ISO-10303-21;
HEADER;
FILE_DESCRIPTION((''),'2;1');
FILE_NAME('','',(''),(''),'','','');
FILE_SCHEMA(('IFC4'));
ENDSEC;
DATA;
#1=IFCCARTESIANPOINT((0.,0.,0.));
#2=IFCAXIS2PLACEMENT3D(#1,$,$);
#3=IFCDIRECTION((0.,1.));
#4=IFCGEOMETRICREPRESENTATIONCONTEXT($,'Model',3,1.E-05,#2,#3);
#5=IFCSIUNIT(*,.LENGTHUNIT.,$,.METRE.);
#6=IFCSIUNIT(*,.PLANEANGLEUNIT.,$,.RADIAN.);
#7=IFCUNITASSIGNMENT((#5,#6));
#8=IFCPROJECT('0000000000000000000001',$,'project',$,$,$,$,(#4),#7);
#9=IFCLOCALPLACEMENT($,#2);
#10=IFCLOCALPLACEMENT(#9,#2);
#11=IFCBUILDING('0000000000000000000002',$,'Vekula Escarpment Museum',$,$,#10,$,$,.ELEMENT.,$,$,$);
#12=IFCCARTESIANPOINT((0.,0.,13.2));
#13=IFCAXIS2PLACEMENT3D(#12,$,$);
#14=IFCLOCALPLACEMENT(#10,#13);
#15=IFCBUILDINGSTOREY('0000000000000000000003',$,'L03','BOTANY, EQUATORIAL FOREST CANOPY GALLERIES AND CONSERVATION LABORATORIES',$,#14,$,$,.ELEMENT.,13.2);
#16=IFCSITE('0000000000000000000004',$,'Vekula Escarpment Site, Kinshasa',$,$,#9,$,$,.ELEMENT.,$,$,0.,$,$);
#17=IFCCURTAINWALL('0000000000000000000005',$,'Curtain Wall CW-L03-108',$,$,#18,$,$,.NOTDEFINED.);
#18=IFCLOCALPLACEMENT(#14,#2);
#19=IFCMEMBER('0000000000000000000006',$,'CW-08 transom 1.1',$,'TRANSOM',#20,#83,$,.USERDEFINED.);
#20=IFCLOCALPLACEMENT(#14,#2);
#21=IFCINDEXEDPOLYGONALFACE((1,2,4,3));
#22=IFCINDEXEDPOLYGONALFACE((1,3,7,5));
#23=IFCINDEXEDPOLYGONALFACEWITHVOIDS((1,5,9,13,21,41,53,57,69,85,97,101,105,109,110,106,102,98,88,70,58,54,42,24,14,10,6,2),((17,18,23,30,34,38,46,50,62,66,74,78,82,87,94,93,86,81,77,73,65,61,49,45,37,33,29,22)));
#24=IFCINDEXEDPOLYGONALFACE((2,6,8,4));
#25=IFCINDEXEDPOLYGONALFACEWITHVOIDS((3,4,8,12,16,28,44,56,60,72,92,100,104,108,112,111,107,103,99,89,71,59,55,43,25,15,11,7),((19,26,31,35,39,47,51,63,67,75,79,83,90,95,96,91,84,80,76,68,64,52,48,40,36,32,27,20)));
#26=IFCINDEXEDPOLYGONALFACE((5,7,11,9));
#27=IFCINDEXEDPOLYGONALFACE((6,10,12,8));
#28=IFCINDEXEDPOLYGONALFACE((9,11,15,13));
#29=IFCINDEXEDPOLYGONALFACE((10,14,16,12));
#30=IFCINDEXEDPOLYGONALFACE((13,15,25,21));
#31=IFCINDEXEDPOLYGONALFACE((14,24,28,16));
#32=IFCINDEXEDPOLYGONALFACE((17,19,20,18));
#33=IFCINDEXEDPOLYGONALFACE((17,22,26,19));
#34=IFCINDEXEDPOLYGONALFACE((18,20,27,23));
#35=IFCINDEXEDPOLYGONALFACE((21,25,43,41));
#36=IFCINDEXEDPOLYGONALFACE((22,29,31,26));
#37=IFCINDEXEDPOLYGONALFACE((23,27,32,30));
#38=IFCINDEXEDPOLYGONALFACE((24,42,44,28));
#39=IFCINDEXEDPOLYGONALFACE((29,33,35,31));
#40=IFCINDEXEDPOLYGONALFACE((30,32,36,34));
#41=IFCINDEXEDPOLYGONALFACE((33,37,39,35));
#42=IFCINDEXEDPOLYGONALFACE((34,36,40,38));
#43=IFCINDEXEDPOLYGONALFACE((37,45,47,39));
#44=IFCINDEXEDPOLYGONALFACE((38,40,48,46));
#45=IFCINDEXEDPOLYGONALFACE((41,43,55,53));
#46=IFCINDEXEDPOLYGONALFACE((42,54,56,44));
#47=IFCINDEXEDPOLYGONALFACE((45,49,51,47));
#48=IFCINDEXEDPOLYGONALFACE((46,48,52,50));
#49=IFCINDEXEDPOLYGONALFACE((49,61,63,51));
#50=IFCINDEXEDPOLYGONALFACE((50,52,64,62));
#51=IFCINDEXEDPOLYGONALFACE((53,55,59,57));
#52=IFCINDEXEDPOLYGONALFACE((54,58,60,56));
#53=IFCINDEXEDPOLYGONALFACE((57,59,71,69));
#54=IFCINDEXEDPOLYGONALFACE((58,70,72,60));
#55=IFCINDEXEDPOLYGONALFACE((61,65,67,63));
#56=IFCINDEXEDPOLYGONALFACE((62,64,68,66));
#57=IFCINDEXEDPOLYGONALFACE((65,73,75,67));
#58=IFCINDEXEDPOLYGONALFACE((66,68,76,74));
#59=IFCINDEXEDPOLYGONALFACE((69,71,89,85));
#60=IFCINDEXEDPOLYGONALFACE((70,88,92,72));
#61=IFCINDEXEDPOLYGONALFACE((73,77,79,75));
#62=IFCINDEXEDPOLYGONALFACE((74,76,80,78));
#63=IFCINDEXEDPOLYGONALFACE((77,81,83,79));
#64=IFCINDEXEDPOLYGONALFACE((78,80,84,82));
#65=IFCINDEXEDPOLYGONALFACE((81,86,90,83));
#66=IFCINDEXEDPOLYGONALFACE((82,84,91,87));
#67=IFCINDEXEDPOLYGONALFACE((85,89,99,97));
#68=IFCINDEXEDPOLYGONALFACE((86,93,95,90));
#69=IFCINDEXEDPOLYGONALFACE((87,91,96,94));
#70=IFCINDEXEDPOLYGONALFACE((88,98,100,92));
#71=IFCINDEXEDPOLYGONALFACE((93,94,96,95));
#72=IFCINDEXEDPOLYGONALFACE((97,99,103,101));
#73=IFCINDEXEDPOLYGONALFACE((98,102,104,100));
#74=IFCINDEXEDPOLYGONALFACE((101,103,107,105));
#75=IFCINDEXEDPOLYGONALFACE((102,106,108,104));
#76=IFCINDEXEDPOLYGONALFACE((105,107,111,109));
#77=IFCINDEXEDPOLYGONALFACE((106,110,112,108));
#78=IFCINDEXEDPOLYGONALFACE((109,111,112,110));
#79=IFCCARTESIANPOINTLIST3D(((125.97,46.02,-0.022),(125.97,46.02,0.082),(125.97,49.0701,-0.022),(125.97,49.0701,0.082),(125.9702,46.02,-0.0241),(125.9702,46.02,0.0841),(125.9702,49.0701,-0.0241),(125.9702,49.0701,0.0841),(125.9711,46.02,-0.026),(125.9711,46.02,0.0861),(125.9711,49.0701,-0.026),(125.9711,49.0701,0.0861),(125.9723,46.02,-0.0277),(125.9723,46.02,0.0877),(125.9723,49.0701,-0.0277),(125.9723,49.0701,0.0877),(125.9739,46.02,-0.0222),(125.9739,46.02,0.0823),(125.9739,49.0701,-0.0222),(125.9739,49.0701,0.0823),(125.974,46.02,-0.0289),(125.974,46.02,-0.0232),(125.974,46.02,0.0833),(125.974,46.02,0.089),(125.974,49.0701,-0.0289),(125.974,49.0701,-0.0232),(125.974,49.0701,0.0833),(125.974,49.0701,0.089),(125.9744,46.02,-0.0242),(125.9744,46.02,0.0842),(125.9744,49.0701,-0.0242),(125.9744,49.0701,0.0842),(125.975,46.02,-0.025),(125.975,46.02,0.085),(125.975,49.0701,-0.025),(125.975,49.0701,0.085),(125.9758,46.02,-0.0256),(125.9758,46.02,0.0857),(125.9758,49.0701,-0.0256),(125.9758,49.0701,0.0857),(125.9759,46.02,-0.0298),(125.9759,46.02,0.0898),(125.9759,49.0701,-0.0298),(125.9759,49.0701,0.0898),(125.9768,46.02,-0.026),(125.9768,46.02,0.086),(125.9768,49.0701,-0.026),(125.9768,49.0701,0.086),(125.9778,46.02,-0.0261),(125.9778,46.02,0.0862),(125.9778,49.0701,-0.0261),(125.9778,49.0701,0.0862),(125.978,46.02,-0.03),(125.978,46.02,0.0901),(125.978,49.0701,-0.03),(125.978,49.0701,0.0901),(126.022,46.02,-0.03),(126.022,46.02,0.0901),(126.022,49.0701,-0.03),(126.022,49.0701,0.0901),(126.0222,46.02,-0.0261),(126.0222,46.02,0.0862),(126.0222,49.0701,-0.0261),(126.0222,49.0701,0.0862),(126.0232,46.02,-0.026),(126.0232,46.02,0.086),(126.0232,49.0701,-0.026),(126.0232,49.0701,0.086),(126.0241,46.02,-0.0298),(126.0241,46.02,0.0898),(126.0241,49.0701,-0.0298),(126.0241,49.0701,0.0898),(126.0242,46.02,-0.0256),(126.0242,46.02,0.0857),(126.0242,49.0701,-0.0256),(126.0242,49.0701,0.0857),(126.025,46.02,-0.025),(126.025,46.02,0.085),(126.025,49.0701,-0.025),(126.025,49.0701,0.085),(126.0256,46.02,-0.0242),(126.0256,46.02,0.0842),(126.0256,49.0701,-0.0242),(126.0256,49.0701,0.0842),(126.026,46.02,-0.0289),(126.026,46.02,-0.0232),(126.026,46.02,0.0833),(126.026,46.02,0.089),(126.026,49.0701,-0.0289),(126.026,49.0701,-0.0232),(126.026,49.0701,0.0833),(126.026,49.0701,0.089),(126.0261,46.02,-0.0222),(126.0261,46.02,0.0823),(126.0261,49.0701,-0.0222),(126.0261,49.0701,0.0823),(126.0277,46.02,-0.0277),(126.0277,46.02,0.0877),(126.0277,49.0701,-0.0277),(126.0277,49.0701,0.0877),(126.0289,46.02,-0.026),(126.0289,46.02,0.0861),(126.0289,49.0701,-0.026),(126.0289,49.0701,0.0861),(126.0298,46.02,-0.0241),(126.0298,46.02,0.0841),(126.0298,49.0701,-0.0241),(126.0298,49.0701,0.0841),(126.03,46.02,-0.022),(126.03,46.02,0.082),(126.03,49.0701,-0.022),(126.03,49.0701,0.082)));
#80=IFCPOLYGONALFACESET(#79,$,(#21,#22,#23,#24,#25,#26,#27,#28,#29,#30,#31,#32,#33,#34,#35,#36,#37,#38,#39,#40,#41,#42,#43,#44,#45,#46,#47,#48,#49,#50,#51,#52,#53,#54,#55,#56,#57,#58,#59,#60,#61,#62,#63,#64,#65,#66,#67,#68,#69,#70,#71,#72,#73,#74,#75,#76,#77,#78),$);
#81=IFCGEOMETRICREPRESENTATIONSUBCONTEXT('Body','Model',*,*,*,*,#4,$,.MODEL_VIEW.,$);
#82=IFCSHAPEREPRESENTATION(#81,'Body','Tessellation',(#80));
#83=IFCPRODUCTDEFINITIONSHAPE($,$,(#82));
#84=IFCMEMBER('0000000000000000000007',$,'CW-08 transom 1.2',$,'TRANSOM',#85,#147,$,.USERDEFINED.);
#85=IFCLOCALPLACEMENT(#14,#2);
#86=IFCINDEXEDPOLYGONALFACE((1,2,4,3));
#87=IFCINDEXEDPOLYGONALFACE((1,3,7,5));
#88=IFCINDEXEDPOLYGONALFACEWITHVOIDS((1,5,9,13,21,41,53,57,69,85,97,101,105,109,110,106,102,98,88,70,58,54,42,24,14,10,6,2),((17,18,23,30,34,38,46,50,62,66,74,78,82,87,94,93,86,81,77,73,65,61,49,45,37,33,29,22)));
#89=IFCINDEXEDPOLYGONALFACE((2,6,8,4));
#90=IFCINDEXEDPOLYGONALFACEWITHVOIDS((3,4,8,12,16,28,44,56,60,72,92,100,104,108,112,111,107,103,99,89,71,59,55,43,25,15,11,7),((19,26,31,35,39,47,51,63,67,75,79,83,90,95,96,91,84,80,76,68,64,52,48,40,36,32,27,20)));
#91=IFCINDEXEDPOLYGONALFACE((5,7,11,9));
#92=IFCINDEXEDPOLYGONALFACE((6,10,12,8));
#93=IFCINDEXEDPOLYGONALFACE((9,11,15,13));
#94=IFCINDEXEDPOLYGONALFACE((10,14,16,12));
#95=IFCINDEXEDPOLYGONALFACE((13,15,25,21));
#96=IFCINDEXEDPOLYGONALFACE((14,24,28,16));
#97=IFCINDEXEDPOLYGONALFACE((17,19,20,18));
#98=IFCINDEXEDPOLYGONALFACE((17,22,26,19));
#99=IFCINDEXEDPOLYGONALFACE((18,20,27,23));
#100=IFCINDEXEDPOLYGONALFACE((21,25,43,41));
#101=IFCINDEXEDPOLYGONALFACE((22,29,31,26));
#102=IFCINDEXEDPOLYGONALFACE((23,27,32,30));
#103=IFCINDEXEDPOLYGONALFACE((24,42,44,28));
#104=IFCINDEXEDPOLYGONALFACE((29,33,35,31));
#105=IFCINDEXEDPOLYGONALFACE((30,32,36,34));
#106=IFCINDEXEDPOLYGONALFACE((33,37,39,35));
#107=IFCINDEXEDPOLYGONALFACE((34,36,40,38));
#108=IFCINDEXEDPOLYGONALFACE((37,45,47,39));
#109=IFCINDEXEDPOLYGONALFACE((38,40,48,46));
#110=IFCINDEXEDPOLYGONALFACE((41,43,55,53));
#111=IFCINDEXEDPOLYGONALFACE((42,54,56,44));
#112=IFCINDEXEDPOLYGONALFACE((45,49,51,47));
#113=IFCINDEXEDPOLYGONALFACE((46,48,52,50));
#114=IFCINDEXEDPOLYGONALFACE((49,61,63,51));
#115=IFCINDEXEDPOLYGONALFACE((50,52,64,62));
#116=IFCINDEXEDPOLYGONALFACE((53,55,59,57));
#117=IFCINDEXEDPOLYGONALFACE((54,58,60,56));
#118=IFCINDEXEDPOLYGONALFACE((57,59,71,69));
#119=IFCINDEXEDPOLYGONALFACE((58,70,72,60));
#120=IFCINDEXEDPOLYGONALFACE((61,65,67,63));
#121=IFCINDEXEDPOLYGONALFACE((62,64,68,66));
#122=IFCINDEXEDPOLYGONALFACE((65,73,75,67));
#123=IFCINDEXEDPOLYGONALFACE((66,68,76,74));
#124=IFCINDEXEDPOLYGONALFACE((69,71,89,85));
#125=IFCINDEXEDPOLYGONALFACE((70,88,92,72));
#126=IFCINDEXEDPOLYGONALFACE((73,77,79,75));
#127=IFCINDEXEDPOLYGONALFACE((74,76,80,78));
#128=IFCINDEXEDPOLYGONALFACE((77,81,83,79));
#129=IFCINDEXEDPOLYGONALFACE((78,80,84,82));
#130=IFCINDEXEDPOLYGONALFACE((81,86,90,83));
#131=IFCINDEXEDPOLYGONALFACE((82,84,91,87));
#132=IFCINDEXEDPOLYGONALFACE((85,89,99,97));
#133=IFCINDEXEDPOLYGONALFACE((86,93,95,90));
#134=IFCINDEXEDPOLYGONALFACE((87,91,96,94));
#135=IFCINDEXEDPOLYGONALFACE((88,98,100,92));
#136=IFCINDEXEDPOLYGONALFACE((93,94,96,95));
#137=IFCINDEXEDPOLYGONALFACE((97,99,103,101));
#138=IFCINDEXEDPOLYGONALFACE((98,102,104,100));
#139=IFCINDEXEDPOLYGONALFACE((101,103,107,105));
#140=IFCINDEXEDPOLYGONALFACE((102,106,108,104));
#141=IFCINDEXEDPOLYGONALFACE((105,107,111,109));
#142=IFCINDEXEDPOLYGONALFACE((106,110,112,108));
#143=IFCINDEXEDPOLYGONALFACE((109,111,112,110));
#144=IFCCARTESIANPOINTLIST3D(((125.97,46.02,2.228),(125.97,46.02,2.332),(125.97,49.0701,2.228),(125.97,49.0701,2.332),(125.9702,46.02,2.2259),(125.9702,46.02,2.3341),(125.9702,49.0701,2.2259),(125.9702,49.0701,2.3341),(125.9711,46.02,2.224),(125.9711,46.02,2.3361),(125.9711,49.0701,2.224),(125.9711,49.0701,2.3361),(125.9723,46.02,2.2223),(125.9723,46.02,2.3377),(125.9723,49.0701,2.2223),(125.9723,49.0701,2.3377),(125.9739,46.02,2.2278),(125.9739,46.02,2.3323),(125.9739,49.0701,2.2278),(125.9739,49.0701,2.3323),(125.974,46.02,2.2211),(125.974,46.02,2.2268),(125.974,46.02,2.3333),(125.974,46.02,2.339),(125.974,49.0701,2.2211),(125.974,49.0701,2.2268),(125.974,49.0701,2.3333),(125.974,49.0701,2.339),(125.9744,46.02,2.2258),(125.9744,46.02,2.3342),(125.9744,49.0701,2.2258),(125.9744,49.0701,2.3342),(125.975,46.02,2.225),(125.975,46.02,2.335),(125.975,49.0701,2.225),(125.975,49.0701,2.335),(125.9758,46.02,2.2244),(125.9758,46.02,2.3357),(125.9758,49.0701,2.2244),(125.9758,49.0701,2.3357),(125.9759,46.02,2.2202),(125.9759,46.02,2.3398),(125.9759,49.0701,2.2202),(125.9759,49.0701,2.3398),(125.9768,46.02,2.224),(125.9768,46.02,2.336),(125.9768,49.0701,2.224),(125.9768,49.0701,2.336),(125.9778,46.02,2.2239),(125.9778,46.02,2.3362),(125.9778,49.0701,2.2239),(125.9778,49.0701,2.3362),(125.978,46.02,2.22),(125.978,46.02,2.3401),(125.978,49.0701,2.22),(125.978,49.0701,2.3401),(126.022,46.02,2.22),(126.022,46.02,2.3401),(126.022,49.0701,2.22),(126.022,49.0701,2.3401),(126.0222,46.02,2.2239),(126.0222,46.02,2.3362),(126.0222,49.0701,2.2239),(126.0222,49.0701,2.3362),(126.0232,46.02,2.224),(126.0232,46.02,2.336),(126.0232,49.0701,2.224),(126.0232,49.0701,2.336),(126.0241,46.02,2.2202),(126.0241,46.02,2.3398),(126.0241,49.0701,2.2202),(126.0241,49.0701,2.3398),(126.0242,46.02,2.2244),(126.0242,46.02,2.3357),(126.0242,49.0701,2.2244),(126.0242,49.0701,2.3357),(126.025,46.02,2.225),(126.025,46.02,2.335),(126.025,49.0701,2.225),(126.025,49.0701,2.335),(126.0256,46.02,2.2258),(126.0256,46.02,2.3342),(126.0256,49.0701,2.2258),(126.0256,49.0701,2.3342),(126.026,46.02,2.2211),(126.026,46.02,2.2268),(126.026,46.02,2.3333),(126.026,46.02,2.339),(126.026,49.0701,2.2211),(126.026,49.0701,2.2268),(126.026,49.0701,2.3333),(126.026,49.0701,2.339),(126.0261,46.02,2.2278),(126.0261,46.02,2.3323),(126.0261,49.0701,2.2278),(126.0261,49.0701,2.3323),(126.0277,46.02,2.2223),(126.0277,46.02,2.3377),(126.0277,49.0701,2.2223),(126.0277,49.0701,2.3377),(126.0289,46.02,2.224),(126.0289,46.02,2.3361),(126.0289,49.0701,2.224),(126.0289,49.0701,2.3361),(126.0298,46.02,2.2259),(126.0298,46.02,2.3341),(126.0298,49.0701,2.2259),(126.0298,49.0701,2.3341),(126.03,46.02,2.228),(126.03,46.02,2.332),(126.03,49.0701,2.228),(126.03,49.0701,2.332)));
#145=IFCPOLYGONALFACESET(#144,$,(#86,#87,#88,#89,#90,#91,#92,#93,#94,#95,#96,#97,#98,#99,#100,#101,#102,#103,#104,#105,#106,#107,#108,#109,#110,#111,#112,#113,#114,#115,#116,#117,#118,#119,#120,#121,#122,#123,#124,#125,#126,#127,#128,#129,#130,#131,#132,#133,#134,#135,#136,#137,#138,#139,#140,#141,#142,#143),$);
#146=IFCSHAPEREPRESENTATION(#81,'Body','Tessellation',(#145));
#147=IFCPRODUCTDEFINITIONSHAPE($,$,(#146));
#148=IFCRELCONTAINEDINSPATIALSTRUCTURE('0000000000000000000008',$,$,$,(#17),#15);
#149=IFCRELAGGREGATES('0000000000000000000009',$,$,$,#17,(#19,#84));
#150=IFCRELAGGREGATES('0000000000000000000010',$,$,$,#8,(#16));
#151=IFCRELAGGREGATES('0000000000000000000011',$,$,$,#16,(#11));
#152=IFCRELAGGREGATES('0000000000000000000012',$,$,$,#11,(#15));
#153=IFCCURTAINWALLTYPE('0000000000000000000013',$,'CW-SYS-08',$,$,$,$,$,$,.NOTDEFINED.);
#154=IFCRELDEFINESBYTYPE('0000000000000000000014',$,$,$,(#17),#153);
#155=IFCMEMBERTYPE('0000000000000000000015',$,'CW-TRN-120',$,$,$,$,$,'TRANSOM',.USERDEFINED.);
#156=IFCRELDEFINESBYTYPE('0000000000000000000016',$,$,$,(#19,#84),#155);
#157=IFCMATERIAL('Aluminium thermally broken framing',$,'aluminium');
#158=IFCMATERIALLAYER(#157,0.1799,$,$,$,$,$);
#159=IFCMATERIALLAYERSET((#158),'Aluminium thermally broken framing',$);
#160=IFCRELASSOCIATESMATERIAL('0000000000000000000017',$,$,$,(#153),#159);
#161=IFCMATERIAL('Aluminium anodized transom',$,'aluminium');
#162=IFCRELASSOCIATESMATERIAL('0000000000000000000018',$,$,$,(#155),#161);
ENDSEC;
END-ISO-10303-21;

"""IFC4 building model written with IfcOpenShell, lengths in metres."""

from ifc_helpers import new_model, si_unit, direction, frame, origin, origin_2d, place, context, subcontext, project, spatial, hollow_rectangle, extrude, material, layer, layer_set, material_profile, profile_set, type_object, element, aggregate, save


model = new_model("IFC4")

# Units and contexts
model_context = context("Model", 3, precision=1e-05, world=origin(), true_north=direction((0.0, 1.0)))
body_context = subcontext(model_context, "Body", "Model", "MODEL_VIEW")
ifc_project = project(units=[si_unit("LENGTHUNIT", "METRE"), si_unit("PLANEANGLEUNIT", "RADIAN")], contexts=[model_context])

# Site, building, storey
site_placement = place(None, origin())
site = spatial("IfcSite", under=ifc_project, at=site_placement, Name="Vekula Escarpment Site, Kinshasa", CompositionType="ELEMENT", RefElevation=0.0)
building_placement = place(site_placement, origin())
building = spatial("IfcBuilding", under=site, at=building_placement, Name="Vekula Escarpment Museum", CompositionType="ELEMENT")
storey_placement = place(building_placement, frame((0.0, 0.0, 13.2)))
storey = spatial("IfcBuildingStorey", under=building, at=storey_placement, Name="L03", Description="BOTANY, EQUATORIAL FOREST CANOPY GALLERIES AND CONSERVATION LABORATORIES", CompositionType="ELEMENT", Elevation=13.2)

# Curtain wall
ifc_material_1 = material(Name="Aluminium thermally broken framing", Category="aluminium")
ifc_layer_1 = layer(ifc_material_1, 0.1799)
ifc_layer_set_1 = layer_set([ifc_layer_1], Name="Aluminium thermally broken framing")
curtain_wall_type_1 = type_object("IfcCurtainWallType", Name="CW-SYS-08", PredefinedType="NOTDEFINED", material=ifc_layer_set_1)
curtain_wall_1_placement = place(storey_placement, origin())
curtain_wall_1 = element("IfcCurtainWall", 1, at=curtain_wall_1_placement, inside=storey, type_object=curtain_wall_type_1, Name="Curtain Wall CW-L03-108", PredefinedType="NOTDEFINED")

# Members
ifc_material_2 = material(Name="Aluminium anodized transom", Category="aluminium")
ifc_material_profile_1 = material_profile(ifc_material_2, hollow_rectangle(XDim=0.0601, YDim=0.1201, WallThickness=0.0039, InnerFilletRadius=0.0039, OuterFilletRadius=0.0081, at=origin_2d()), Name="ALU 120x60x4")
ifc_profile_set_1 = profile_set([ifc_material_profile_1], Name="Aluminium anodized transom")
member_type_1 = type_object("IfcMemberType", Name="CW-TRN-120", ElementType="TRANSOM", PredefinedType="USERDEFINED", material=ifc_profile_set_1)
member_1_placement = place(storey_placement, frame((126.0, 46.02, 0.03), z_axis=(0.0, 1.0, 0.0), x_axis=(-1.0, 0.0, 0.0)))
member_1 = element("IfcMember", 2, at=member_1_placement, type_object=member_type_1, Name="CW-08 transom 1.1", ObjectType="TRANSOM", PredefinedType="USERDEFINED", context=body_context, shape_type="SweptSolid", body=[
    extrude(hollow_rectangle(XDim=0.0601, YDim=0.1201, WallThickness=0.0039, InnerFilletRadius=0.0039, OuterFilletRadius=0.0081, at=origin_2d()), origin(), (0.0, 0.0, 1.0), 3.05),
])
member_2_placement = place(storey_placement, frame((126.0, 46.02, 2.28), z_axis=(0.0, 1.0, 0.0), x_axis=(-1.0, 0.0, 0.0)))
member_2 = element("IfcMember", 3, at=member_2_placement, type_object=member_type_1, Name="CW-08 transom 1.2", ObjectType="TRANSOM", PredefinedType="USERDEFINED", context=body_context, shape_type="SweptSolid", body=[
    extrude(hollow_rectangle(XDim=0.0601, YDim=0.1201, WallThickness=0.0039, InnerFilletRadius=0.0039, OuterFilletRadius=0.0081, at=origin_2d()), origin(), (0.0, 0.0, 1.0), 3.05),
])

aggregate(curtain_wall_1, [member_1, member_2])

save(model, "model.ifc")
